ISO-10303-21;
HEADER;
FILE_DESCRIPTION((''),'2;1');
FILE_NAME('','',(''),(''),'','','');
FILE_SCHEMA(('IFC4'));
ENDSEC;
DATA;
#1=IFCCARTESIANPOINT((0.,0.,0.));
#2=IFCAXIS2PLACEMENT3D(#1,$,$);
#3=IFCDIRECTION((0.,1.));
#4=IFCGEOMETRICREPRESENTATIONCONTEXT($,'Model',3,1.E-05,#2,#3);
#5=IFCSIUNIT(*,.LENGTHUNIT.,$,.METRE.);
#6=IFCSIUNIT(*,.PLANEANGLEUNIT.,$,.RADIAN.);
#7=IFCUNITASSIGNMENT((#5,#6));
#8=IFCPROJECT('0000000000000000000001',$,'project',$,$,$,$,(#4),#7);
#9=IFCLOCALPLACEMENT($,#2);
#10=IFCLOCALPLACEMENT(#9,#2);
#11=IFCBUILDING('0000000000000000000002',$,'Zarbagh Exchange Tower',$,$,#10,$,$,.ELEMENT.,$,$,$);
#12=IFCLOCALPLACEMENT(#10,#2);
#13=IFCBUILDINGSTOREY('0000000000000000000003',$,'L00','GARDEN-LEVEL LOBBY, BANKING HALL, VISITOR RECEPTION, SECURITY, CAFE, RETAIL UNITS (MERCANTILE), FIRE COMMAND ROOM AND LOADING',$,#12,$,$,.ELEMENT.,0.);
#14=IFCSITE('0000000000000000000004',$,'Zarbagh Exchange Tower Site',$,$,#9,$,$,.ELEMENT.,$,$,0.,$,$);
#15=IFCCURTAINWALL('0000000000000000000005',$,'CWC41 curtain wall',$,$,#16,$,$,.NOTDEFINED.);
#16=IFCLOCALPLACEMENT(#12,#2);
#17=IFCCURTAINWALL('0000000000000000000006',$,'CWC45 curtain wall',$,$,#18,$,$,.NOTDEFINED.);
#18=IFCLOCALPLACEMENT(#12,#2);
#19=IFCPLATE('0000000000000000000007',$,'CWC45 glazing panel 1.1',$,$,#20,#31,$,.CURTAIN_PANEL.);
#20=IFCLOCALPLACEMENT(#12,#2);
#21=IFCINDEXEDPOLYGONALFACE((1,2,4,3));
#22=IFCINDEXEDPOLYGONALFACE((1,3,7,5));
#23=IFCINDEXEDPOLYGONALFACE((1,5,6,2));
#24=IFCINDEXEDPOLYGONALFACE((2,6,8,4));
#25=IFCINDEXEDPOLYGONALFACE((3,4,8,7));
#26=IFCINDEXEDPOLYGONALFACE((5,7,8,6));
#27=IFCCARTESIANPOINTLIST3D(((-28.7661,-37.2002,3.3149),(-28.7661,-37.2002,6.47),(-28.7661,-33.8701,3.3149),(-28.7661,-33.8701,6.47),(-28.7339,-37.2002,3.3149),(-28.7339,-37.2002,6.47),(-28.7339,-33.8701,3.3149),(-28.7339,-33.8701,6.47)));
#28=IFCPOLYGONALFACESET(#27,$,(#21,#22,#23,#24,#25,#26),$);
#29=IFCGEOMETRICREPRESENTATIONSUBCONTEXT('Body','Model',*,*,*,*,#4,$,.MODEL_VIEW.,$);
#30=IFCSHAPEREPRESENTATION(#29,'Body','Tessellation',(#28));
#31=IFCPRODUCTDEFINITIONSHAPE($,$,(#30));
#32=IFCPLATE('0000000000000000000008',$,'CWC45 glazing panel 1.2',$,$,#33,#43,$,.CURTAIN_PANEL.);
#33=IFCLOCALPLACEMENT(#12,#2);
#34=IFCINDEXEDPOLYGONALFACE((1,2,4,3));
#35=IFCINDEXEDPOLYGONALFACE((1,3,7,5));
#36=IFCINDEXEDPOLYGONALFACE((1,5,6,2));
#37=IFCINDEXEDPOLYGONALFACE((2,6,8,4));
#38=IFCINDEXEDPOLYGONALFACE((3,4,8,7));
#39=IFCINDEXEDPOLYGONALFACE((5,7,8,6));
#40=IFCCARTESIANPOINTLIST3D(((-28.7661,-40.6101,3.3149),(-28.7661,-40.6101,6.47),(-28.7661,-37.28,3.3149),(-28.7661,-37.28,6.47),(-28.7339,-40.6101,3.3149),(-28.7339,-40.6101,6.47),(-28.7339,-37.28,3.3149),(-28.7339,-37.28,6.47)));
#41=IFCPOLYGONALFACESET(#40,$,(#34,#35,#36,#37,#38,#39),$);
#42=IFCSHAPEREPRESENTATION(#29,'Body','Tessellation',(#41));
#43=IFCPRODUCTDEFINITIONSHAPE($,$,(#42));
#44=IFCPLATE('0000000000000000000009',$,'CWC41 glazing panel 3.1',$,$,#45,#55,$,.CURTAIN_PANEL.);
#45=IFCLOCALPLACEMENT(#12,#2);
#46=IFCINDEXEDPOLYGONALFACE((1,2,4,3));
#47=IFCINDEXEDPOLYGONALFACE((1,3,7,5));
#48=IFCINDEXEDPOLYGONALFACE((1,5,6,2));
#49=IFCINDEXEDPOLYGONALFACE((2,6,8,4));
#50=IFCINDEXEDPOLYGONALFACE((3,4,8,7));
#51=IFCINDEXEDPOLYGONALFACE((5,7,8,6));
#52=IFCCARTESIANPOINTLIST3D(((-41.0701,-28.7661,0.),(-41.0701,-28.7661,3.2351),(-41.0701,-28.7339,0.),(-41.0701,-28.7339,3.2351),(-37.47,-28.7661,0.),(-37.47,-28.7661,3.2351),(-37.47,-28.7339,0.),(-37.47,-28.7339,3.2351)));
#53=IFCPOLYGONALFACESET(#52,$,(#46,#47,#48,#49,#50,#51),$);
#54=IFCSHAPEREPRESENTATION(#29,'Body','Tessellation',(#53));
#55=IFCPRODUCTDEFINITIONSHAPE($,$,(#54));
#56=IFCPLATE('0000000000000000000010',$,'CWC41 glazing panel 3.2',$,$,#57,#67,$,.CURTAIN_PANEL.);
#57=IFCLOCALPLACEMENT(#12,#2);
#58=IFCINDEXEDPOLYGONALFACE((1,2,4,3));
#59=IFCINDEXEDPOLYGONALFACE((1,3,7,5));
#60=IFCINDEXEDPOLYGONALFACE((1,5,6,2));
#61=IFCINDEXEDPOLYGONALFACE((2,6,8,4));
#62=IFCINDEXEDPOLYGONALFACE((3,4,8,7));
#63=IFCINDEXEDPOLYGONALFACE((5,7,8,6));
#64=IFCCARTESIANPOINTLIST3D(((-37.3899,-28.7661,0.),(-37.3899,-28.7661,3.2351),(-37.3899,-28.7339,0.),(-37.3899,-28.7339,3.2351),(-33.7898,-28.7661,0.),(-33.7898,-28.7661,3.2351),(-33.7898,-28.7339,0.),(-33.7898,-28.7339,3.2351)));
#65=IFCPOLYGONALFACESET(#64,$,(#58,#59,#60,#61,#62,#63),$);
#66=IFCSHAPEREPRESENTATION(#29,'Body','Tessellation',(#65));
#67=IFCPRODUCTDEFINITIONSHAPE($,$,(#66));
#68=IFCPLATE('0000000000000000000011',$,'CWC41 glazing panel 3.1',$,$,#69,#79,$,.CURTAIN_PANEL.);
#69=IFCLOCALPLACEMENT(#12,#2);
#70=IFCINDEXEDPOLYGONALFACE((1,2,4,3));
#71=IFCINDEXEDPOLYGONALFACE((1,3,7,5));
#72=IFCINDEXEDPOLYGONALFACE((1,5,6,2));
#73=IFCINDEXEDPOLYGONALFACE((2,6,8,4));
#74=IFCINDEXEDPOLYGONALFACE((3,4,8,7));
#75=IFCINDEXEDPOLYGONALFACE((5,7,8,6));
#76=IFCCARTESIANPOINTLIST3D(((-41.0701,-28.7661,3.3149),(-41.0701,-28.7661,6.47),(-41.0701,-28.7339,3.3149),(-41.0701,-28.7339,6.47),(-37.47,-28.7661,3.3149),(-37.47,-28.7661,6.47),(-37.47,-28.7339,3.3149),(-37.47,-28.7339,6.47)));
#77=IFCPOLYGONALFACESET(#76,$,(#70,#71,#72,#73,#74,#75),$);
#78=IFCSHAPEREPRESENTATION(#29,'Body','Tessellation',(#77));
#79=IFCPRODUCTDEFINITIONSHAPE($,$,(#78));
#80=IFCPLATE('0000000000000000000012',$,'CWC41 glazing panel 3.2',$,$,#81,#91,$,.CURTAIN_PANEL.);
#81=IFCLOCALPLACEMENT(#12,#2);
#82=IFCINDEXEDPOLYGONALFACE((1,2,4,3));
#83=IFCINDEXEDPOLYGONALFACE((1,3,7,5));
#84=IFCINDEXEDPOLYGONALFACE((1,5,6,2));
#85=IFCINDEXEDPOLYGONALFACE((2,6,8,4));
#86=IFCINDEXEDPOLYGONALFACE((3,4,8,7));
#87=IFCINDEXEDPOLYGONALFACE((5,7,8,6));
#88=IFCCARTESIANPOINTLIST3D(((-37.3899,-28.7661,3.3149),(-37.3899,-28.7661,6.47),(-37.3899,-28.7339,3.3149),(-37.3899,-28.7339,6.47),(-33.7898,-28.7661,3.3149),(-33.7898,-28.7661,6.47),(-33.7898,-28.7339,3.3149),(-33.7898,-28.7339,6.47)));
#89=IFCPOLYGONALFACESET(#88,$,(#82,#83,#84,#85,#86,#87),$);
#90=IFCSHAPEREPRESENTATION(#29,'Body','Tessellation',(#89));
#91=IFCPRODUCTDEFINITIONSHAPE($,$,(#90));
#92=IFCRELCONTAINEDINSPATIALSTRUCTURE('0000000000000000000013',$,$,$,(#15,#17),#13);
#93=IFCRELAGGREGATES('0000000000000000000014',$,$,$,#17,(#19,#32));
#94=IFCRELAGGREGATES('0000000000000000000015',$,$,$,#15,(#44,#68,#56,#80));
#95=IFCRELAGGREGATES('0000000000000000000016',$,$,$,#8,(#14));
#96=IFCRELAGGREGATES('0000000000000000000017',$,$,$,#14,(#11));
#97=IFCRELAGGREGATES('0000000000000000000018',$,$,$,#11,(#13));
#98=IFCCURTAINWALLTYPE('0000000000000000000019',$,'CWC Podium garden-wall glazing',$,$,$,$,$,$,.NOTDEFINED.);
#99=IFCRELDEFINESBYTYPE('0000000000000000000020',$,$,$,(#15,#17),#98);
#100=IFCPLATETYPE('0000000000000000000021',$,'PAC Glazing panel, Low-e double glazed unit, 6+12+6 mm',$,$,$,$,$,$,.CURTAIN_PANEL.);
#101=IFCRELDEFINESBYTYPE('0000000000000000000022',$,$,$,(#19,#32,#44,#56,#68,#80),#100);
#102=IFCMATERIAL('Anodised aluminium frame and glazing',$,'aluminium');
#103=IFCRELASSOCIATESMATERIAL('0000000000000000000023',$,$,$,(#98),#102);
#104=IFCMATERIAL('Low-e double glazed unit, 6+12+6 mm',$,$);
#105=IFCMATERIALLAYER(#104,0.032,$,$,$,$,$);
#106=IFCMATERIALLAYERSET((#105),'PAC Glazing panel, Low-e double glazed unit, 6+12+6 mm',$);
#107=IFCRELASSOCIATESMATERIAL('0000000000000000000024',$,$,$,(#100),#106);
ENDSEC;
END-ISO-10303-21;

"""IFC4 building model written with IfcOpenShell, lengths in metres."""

from ifc_helpers import new_model, si_unit, direction, origin, place, context, subcontext, project, spatial, polyline, outline, extrude, source, transform, mapped, material, layer, layer_set, type_object, element, aggregate, save


model = new_model("IFC4")

# Units and contexts
model_context = context("Model", 3, precision=1e-05, world=origin(), true_north=direction((0.0, 1.0)))
body_context = subcontext(model_context, "Body", "Model", "MODEL_VIEW")
ifc_project = project(units=[si_unit("LENGTHUNIT", "METRE"), si_unit("PLANEANGLEUNIT", "RADIAN")], contexts=[model_context])

# Site, building, storey
site_placement = place(None, origin())
site = spatial("IfcSite", under=ifc_project, at=site_placement, Name="Zarbagh Exchange Tower Site", CompositionType="ELEMENT", RefElevation=0.0)
building_placement = place(site_placement, origin())
building = spatial("IfcBuilding", under=site, at=building_placement, Name="Zarbagh Exchange Tower", CompositionType="ELEMENT")
storey_placement = place(building_placement, origin())
storey = spatial("IfcBuildingStorey", under=building, at=storey_placement, Name="L00", Description="GARDEN-LEVEL LOBBY, BANKING HALL, VISITOR RECEPTION, SECURITY, CAFE, RETAIL UNITS (MERCANTILE), FIRE COMMAND ROOM AND LOADING", CompositionType="ELEMENT", Elevation=0.0)

# Curtain wall
ifc_material_1 = material(Name="Anodised aluminium frame and glazing", Category="aluminium")
curtain_wall_type = type_object("IfcCurtainWallType", Name="CWC Podium garden-wall glazing", PredefinedType="NOTDEFINED", material=ifc_material_1)
curtain_wall_1_placement = place(storey_placement, origin())
curtain_wall_1 = element("IfcCurtainWall", 1, at=curtain_wall_1_placement, inside=storey, type_object=curtain_wall_type, Name="CWC41 curtain wall", PredefinedType="NOTDEFINED")
placement = place(storey_placement, origin())

# Curtain wall
curtain_wall_2_placement = place(storey_placement, origin())
curtain_wall_2 = element("IfcCurtainWall", 2, at=curtain_wall_2_placement, inside=storey, type_object=curtain_wall_type, Name="CWC45 curtain wall", PredefinedType="NOTDEFINED")

# Plates
ifc_material_2 = material(Name="Low-e double glazed unit, 6+12+6 mm")
ifc_layer = layer(ifc_material_2, 0.032)
ifc_layer_set = layer_set([ifc_layer], Name="PAC Glazing panel, Low-e double glazed unit, 6+12+6 mm")
plate_type = type_object("IfcPlateType", Name="PAC Glazing panel, Low-e double glazed unit, 6+12+6 mm", PredefinedType="CURTAIN_PANEL", material=ifc_layer_set)
shared_shape_1 = source(origin(), body_context, "Body", "SweptSolid", [
    extrude(outline(polyline([(0.0, -0.0161), (3.3301, -0.0161), (3.3301, 0.0161), (0.0, 0.0161), (0.0, -0.0161)])), origin(), (0.0, 0.0, 1.0), 3.155),
])
plate_1 = element("IfcPlate", 3, at=placement, type_object=plate_type, Name="CWC45 glazing panel 1.1", PredefinedType="CURTAIN_PANEL", context=body_context, shape_type="MappedRepresentation", body=[
    mapped(shared_shape_1, transform((-28.75, -33.8701, 3.3149), x_axis=(0.0, -1.0, 0.0), y_axis=(1.0, 0.0, 0.0), z_axis=(0.0, 0.0, 1.0))),
])
plate_2 = element("IfcPlate", 4, at=placement, type_object=plate_type, Name="CWC45 glazing panel 1.2", PredefinedType="CURTAIN_PANEL", context=body_context, shape_type="MappedRepresentation", body=[
    mapped(shared_shape_1, transform((-28.75, -37.28, 3.3149), x_axis=(0.0, -1.0, 0.0), y_axis=(1.0, 0.0, 0.0), z_axis=(0.0, 0.0, 1.0))),
])
aggregate(curtain_wall_2, [plate_1, plate_2])
shared_shape_2 = source(origin(), body_context, "Body", "SweptSolid", [
    extrude(outline(polyline([(0.0, -0.0161), (3.6001, -0.0161), (3.6001, 0.0161), (0.0, 0.0161), (0.0, -0.0161)])), origin(), (0.0, 0.0, 1.0), 3.2351),
])
plate_3 = element("IfcPlate", 5, at=placement, type_object=plate_type, Name="CWC41 glazing panel 3.1", PredefinedType="CURTAIN_PANEL", context=body_context, shape_type="MappedRepresentation", body=[
    mapped(shared_shape_2, transform((-41.0701, -28.75, 0.0), x_axis=(1.0, 0.0, 0.0), y_axis=(0.0, 1.0, 0.0), z_axis=(0.0, 0.0, 1.0))),
])
plate_4 = element("IfcPlate", 6, at=placement, type_object=plate_type, Name="CWC41 glazing panel 3.2", PredefinedType="CURTAIN_PANEL", context=body_context, shape_type="MappedRepresentation", body=[
    mapped(shared_shape_2, transform((-37.3899, -28.75, 0.0), x_axis=(1.0, 0.0, 0.0), y_axis=(0.0, 1.0, 0.0), z_axis=(0.0, 0.0, 1.0))),
])
shared_shape_3 = source(origin(), body_context, "Body", "SweptSolid", [
    extrude(outline(polyline([(0.0, -0.0161), (3.6001, -0.0161), (3.6001, 0.0161), (0.0, 0.0161), (0.0, -0.0161)])), origin(), (0.0, 0.0, 1.0), 3.155),
])
plate_5 = element("IfcPlate", 7, at=placement, type_object=plate_type, Name="CWC41 glazing panel 3.1", PredefinedType="CURTAIN_PANEL", context=body_context, shape_type="MappedRepresentation", body=[
    mapped(shared_shape_3, transform((-41.0701, -28.75, 3.3149), x_axis=(1.0, 0.0, 0.0), y_axis=(0.0, 1.0, 0.0), z_axis=(0.0, 0.0, 1.0))),
])
plate_6 = element("IfcPlate", 8, at=placement, type_object=plate_type, Name="CWC41 glazing panel 3.2", PredefinedType="CURTAIN_PANEL", context=body_context, shape_type="MappedRepresentation", body=[
    mapped(shared_shape_3, transform((-37.3899, -28.75, 3.3149), x_axis=(1.0, 0.0, 0.0), y_axis=(0.0, 1.0, 0.0), z_axis=(0.0, 0.0, 1.0))),
])
aggregate(curtain_wall_1, [plate_3, plate_5, plate_4, plate_6])

save(model, "model.ifc")
